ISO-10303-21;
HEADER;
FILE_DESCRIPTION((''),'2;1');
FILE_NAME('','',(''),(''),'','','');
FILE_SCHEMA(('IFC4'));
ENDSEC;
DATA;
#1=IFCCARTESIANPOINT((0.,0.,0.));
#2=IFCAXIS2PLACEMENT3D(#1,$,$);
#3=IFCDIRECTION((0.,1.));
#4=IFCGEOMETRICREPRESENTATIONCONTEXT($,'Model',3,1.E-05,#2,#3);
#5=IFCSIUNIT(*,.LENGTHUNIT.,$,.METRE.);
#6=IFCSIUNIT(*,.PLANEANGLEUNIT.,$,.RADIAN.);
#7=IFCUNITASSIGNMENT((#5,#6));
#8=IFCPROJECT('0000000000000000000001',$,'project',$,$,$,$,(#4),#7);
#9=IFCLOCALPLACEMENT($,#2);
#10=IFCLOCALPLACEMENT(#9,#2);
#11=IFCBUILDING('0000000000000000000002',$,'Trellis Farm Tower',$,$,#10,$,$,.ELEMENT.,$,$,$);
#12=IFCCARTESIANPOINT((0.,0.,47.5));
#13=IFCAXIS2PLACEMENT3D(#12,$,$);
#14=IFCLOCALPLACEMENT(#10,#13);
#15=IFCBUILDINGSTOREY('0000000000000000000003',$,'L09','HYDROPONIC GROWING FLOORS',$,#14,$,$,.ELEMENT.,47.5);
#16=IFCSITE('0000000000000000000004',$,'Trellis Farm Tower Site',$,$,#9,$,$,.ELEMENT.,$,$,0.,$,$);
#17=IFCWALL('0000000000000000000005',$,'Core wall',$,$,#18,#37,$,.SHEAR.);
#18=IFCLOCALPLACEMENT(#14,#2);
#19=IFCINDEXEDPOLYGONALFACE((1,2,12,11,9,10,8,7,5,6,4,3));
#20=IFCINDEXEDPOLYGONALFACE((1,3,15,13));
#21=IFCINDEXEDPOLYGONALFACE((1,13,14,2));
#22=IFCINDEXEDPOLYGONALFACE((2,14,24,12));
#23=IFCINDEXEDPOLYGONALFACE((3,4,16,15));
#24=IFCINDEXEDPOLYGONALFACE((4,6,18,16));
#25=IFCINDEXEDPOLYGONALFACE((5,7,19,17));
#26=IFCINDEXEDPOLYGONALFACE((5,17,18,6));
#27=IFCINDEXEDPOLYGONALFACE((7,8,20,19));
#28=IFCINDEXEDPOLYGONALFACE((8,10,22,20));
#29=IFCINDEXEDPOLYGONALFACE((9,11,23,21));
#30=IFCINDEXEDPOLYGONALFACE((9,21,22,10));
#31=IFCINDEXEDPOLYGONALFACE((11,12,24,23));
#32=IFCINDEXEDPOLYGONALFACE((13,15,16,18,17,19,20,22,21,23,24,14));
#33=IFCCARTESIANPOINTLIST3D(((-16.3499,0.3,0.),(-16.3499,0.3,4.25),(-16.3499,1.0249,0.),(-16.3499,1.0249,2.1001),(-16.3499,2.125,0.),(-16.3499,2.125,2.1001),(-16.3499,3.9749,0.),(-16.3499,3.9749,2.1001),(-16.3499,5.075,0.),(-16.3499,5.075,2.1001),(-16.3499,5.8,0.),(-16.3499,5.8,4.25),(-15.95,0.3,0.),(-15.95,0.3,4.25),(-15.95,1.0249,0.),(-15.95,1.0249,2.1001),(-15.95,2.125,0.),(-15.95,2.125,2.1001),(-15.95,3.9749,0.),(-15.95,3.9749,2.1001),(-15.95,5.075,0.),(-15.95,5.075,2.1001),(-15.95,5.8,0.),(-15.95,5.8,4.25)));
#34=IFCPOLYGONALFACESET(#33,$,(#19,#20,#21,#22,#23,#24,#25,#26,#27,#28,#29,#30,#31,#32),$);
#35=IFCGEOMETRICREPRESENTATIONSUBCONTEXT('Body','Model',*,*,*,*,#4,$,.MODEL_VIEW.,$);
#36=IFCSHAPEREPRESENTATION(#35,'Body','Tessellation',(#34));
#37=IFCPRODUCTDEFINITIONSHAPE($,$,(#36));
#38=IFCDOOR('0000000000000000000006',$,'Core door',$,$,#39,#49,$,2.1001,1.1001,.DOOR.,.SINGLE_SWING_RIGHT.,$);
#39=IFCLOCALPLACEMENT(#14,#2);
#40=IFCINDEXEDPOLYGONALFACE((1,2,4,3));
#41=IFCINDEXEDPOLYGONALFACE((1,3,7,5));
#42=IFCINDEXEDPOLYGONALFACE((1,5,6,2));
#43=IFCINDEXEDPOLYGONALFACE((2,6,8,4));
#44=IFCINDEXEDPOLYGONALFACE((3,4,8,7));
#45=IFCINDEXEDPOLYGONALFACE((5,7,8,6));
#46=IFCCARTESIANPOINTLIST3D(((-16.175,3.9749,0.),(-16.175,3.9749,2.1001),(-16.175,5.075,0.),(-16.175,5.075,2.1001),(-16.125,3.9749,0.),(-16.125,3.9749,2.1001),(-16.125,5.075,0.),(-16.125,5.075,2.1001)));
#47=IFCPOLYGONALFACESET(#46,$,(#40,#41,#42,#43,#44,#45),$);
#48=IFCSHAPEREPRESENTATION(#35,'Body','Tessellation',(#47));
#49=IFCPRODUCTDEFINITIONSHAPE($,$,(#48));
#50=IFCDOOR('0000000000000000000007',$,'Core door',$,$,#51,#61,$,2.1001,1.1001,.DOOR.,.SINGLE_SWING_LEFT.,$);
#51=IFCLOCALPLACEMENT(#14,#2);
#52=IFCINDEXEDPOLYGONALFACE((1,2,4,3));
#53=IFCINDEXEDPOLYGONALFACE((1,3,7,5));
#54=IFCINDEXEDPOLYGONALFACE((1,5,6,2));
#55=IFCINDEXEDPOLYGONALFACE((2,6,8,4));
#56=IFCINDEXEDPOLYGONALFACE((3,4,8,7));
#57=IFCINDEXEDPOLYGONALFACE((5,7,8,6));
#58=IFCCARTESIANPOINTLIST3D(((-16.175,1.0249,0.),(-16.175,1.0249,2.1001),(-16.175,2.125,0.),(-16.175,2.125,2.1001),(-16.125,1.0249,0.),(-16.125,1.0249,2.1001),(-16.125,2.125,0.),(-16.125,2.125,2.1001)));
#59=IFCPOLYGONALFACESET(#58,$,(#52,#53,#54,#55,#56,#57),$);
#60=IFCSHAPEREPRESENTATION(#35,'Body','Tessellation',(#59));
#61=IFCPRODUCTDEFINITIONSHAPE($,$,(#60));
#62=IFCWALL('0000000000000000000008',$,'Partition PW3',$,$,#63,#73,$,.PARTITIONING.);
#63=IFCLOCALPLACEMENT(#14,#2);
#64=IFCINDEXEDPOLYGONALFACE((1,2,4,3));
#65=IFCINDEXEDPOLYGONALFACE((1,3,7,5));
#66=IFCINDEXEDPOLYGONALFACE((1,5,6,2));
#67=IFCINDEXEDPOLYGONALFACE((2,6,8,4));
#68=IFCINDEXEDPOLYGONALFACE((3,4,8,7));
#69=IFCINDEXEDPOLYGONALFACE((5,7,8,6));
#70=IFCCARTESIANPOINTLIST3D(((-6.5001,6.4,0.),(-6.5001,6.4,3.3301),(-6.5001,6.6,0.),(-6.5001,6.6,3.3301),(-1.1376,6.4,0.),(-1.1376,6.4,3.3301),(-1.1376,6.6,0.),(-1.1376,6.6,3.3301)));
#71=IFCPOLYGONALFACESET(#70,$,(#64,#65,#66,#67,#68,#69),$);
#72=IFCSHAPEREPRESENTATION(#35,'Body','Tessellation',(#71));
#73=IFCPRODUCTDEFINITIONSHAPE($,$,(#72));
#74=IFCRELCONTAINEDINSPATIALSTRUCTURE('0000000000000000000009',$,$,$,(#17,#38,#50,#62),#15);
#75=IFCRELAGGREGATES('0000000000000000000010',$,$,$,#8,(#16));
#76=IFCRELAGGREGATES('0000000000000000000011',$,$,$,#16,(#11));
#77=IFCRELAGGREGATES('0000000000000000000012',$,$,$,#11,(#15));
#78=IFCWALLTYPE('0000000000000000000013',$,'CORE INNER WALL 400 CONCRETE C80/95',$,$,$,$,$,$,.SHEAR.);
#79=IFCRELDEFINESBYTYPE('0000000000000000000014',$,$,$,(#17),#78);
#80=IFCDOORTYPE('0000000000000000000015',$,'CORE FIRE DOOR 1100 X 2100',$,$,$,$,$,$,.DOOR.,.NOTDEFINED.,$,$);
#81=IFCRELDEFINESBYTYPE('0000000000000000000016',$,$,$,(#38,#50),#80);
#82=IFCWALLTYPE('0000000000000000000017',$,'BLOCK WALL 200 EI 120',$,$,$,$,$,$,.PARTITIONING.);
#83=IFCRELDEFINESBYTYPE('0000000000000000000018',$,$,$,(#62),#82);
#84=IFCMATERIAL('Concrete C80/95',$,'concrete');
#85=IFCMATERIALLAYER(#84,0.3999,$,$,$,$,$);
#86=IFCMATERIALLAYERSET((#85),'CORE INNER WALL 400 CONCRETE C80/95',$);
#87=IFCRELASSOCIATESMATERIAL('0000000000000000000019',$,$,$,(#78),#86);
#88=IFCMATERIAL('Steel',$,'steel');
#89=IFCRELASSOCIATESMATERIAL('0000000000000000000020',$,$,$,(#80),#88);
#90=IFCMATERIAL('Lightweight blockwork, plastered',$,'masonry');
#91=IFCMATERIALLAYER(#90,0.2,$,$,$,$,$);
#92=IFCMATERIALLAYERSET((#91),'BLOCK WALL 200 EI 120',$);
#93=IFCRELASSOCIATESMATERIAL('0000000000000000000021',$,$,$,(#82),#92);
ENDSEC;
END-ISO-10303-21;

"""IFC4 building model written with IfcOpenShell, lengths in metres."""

from ifc_helpers import new_model, si_unit, direction, frame, frame_2d, origin, place, context, subcontext, project, spatial, rectangle, extrude, source, transform, mapped, material, layer, layer_set, type_object, element, fill, save


model = new_model("IFC4")

# Units and contexts
model_context = context("Model", 3, precision=1e-05, world=origin(), true_north=direction((0.0, 1.0)))
body_context = subcontext(model_context, "Body", "Model", "MODEL_VIEW")
ifc_project = project(units=[si_unit("LENGTHUNIT", "METRE"), si_unit("PLANEANGLEUNIT", "RADIAN")], contexts=[model_context])

# Site, building, storey
site_placement = place(None, origin())
site = spatial("IfcSite", under=ifc_project, at=site_placement, Name="Trellis Farm Tower Site", CompositionType="ELEMENT", RefElevation=0.0)
building_placement = place(site_placement, origin())
building = spatial("IfcBuilding", under=site, at=building_placement, Name="Trellis Farm Tower", CompositionType="ELEMENT")
storey_placement = place(building_placement, frame((0.0, 0.0, 47.5)))
storey = spatial("IfcBuildingStorey", under=building, at=storey_placement, Name="L09", Description="HYDROPONIC GROWING FLOORS", CompositionType="ELEMENT", Elevation=47.5)

# Shared definitions
ifc_material_1 = material(Name="Concrete C80/95", Category="concrete")

# Shared definitions
ifc_material_2 = material(Name="Steel", Category="steel")

# Shared definitions
ifc_layer_1 = layer(ifc_material_1, 0.3999)
ifc_layer_set_1 = layer_set([ifc_layer_1], Name="CORE INNER WALL 400 CONCRETE C80/95")
wall_type_1 = type_object("IfcWallType", Name="CORE INNER WALL 400 CONCRETE C80/95", PredefinedType="SHEAR", material=ifc_layer_set_1)

# Wall, openings, doors
shared_shape_1 = source(origin(), body_context, "Body", "SweptSolid", [
    extrude(rectangle(XDim=5.5, YDim=0.3999, at=frame_2d((2.75, 0.0))), origin(), (0.0, 0.0, 1.0), 4.25),
])
wall_1_placement = place(storey_placement, frame((-16.1499, 5.8, 0.0), z_axis=(0.0, 0.0, 1.0), x_axis=(0.0, -1.0, 0.0)))
wall_1 = element("IfcWall", 1, at=wall_1_placement, inside=storey, type_object=wall_type_1, Name="Core wall", PredefinedType="SHEAR", context=body_context, shape_type="MappedRepresentation", body=[
    mapped(shared_shape_1, transform((0.0, 0.0, 0.0))),
])
shared_shape_2 = source(origin(), body_context, "Body", "SweptSolid", [
    extrude(rectangle(XDim=1.1001, YDim=2.1001, at=frame_2d((0.55, 1.05))), frame((0.0, 0.21, 0.0), z_axis=(0.0, -1.0, 0.0), x_axis=(1.0, 0.0, 0.0)), (0.0, 0.0, 1.0), 0.4199),
])
opening_1_placement = place(wall_1_placement, frame((0.7251, 0.0, 0.0)))
opening_1 = element("IfcOpeningElement", 2, at=opening_1_placement, cuts=wall_1, PredefinedType="OPENING", context=body_context, shape_type="MappedRepresentation", body=[
    mapped(shared_shape_2, transform((0.0, 0.0, 0.0))),
])
opening_2_placement = place(wall_1_placement, frame((3.675, 0.0, 0.0)))
opening_2 = element("IfcOpeningElement", 3, at=opening_2_placement, cuts=wall_1, PredefinedType="OPENING", context=body_context, shape_type="MappedRepresentation", body=[
    mapped(shared_shape_2, transform((0.0, 0.0, 0.0))),
])
door_type_1 = type_object("IfcDoorType", Name="CORE FIRE DOOR 1100 X 2100", OperationType="NOTDEFINED", PredefinedType="DOOR", material=ifc_material_2)
shared_shape_3 = source(origin(), body_context, "Body", "SweptSolid", [
    extrude(rectangle(XDim=1.1001, YDim=2.1001, at=frame_2d((0.55, 1.05))), frame((0.0, 0.0249, 0.0), z_axis=(0.0, -1.0, 0.0), x_axis=(1.0, 0.0, 0.0)), (0.0, 0.0, 1.0), 0.05),
])
door_1_placement = place(opening_1_placement, origin())
door_1 = element("IfcDoor", 4, at=door_1_placement, inside=storey, type_object=door_type_1, Name="Core door", OperationType="SINGLE_SWING_RIGHT", OverallHeight=2.1001, OverallWidth=1.1001, PredefinedType="DOOR", context=body_context, shape_type="MappedRepresentation", body=[
    mapped(shared_shape_3, transform((0.0, 0.0, 0.0))),
])
fill(opening_1, door_1)
door_2_placement = place(opening_2_placement, origin())
door_2 = element("IfcDoor", 5, at=door_2_placement, inside=storey, type_object=door_type_1, Name="Core door", OperationType="SINGLE_SWING_LEFT", OverallHeight=2.1001, OverallWidth=1.1001, PredefinedType="DOOR", context=body_context, shape_type="MappedRepresentation", body=[
    mapped(shared_shape_3, transform((0.0, 0.0, 0.0))),
])
fill(opening_2, door_2)

# Wall
ifc_material_3 = material(Name="Lightweight blockwork, plastered", Category="masonry")
ifc_layer_2 = layer(ifc_material_3, 0.2)
ifc_layer_set_2 = layer_set([ifc_layer_2], Name="BLOCK WALL 200 EI 120")
wall_type_2 = type_object("IfcWallType", Name="BLOCK WALL 200 EI 120", PredefinedType="PARTITIONING", material=ifc_layer_set_2)
shared_shape_4 = source(origin(), body_context, "Body", "SweptSolid", [
    extrude(rectangle(XDim=5.3625, YDim=0.2, at=frame_2d((2.6812, 0.0))), origin(), (0.0, 0.0, 1.0), 3.3301),
])
wall_2_placement = place(storey_placement, frame((-6.5, 6.5, 0.0), z_axis=(0.0, 0.0, 1.0), x_axis=(1.0, 0.0, 0.0)))
element("IfcWall", 6, at=wall_2_placement, inside=storey, type_object=wall_type_2, Name="Partition PW3", PredefinedType="PARTITIONING", context=body_context, shape_type="MappedRepresentation", body=[
    mapped(shared_shape_4, transform((0.0, 0.0, 0.0))),
])

save(model, "model.ifc")
